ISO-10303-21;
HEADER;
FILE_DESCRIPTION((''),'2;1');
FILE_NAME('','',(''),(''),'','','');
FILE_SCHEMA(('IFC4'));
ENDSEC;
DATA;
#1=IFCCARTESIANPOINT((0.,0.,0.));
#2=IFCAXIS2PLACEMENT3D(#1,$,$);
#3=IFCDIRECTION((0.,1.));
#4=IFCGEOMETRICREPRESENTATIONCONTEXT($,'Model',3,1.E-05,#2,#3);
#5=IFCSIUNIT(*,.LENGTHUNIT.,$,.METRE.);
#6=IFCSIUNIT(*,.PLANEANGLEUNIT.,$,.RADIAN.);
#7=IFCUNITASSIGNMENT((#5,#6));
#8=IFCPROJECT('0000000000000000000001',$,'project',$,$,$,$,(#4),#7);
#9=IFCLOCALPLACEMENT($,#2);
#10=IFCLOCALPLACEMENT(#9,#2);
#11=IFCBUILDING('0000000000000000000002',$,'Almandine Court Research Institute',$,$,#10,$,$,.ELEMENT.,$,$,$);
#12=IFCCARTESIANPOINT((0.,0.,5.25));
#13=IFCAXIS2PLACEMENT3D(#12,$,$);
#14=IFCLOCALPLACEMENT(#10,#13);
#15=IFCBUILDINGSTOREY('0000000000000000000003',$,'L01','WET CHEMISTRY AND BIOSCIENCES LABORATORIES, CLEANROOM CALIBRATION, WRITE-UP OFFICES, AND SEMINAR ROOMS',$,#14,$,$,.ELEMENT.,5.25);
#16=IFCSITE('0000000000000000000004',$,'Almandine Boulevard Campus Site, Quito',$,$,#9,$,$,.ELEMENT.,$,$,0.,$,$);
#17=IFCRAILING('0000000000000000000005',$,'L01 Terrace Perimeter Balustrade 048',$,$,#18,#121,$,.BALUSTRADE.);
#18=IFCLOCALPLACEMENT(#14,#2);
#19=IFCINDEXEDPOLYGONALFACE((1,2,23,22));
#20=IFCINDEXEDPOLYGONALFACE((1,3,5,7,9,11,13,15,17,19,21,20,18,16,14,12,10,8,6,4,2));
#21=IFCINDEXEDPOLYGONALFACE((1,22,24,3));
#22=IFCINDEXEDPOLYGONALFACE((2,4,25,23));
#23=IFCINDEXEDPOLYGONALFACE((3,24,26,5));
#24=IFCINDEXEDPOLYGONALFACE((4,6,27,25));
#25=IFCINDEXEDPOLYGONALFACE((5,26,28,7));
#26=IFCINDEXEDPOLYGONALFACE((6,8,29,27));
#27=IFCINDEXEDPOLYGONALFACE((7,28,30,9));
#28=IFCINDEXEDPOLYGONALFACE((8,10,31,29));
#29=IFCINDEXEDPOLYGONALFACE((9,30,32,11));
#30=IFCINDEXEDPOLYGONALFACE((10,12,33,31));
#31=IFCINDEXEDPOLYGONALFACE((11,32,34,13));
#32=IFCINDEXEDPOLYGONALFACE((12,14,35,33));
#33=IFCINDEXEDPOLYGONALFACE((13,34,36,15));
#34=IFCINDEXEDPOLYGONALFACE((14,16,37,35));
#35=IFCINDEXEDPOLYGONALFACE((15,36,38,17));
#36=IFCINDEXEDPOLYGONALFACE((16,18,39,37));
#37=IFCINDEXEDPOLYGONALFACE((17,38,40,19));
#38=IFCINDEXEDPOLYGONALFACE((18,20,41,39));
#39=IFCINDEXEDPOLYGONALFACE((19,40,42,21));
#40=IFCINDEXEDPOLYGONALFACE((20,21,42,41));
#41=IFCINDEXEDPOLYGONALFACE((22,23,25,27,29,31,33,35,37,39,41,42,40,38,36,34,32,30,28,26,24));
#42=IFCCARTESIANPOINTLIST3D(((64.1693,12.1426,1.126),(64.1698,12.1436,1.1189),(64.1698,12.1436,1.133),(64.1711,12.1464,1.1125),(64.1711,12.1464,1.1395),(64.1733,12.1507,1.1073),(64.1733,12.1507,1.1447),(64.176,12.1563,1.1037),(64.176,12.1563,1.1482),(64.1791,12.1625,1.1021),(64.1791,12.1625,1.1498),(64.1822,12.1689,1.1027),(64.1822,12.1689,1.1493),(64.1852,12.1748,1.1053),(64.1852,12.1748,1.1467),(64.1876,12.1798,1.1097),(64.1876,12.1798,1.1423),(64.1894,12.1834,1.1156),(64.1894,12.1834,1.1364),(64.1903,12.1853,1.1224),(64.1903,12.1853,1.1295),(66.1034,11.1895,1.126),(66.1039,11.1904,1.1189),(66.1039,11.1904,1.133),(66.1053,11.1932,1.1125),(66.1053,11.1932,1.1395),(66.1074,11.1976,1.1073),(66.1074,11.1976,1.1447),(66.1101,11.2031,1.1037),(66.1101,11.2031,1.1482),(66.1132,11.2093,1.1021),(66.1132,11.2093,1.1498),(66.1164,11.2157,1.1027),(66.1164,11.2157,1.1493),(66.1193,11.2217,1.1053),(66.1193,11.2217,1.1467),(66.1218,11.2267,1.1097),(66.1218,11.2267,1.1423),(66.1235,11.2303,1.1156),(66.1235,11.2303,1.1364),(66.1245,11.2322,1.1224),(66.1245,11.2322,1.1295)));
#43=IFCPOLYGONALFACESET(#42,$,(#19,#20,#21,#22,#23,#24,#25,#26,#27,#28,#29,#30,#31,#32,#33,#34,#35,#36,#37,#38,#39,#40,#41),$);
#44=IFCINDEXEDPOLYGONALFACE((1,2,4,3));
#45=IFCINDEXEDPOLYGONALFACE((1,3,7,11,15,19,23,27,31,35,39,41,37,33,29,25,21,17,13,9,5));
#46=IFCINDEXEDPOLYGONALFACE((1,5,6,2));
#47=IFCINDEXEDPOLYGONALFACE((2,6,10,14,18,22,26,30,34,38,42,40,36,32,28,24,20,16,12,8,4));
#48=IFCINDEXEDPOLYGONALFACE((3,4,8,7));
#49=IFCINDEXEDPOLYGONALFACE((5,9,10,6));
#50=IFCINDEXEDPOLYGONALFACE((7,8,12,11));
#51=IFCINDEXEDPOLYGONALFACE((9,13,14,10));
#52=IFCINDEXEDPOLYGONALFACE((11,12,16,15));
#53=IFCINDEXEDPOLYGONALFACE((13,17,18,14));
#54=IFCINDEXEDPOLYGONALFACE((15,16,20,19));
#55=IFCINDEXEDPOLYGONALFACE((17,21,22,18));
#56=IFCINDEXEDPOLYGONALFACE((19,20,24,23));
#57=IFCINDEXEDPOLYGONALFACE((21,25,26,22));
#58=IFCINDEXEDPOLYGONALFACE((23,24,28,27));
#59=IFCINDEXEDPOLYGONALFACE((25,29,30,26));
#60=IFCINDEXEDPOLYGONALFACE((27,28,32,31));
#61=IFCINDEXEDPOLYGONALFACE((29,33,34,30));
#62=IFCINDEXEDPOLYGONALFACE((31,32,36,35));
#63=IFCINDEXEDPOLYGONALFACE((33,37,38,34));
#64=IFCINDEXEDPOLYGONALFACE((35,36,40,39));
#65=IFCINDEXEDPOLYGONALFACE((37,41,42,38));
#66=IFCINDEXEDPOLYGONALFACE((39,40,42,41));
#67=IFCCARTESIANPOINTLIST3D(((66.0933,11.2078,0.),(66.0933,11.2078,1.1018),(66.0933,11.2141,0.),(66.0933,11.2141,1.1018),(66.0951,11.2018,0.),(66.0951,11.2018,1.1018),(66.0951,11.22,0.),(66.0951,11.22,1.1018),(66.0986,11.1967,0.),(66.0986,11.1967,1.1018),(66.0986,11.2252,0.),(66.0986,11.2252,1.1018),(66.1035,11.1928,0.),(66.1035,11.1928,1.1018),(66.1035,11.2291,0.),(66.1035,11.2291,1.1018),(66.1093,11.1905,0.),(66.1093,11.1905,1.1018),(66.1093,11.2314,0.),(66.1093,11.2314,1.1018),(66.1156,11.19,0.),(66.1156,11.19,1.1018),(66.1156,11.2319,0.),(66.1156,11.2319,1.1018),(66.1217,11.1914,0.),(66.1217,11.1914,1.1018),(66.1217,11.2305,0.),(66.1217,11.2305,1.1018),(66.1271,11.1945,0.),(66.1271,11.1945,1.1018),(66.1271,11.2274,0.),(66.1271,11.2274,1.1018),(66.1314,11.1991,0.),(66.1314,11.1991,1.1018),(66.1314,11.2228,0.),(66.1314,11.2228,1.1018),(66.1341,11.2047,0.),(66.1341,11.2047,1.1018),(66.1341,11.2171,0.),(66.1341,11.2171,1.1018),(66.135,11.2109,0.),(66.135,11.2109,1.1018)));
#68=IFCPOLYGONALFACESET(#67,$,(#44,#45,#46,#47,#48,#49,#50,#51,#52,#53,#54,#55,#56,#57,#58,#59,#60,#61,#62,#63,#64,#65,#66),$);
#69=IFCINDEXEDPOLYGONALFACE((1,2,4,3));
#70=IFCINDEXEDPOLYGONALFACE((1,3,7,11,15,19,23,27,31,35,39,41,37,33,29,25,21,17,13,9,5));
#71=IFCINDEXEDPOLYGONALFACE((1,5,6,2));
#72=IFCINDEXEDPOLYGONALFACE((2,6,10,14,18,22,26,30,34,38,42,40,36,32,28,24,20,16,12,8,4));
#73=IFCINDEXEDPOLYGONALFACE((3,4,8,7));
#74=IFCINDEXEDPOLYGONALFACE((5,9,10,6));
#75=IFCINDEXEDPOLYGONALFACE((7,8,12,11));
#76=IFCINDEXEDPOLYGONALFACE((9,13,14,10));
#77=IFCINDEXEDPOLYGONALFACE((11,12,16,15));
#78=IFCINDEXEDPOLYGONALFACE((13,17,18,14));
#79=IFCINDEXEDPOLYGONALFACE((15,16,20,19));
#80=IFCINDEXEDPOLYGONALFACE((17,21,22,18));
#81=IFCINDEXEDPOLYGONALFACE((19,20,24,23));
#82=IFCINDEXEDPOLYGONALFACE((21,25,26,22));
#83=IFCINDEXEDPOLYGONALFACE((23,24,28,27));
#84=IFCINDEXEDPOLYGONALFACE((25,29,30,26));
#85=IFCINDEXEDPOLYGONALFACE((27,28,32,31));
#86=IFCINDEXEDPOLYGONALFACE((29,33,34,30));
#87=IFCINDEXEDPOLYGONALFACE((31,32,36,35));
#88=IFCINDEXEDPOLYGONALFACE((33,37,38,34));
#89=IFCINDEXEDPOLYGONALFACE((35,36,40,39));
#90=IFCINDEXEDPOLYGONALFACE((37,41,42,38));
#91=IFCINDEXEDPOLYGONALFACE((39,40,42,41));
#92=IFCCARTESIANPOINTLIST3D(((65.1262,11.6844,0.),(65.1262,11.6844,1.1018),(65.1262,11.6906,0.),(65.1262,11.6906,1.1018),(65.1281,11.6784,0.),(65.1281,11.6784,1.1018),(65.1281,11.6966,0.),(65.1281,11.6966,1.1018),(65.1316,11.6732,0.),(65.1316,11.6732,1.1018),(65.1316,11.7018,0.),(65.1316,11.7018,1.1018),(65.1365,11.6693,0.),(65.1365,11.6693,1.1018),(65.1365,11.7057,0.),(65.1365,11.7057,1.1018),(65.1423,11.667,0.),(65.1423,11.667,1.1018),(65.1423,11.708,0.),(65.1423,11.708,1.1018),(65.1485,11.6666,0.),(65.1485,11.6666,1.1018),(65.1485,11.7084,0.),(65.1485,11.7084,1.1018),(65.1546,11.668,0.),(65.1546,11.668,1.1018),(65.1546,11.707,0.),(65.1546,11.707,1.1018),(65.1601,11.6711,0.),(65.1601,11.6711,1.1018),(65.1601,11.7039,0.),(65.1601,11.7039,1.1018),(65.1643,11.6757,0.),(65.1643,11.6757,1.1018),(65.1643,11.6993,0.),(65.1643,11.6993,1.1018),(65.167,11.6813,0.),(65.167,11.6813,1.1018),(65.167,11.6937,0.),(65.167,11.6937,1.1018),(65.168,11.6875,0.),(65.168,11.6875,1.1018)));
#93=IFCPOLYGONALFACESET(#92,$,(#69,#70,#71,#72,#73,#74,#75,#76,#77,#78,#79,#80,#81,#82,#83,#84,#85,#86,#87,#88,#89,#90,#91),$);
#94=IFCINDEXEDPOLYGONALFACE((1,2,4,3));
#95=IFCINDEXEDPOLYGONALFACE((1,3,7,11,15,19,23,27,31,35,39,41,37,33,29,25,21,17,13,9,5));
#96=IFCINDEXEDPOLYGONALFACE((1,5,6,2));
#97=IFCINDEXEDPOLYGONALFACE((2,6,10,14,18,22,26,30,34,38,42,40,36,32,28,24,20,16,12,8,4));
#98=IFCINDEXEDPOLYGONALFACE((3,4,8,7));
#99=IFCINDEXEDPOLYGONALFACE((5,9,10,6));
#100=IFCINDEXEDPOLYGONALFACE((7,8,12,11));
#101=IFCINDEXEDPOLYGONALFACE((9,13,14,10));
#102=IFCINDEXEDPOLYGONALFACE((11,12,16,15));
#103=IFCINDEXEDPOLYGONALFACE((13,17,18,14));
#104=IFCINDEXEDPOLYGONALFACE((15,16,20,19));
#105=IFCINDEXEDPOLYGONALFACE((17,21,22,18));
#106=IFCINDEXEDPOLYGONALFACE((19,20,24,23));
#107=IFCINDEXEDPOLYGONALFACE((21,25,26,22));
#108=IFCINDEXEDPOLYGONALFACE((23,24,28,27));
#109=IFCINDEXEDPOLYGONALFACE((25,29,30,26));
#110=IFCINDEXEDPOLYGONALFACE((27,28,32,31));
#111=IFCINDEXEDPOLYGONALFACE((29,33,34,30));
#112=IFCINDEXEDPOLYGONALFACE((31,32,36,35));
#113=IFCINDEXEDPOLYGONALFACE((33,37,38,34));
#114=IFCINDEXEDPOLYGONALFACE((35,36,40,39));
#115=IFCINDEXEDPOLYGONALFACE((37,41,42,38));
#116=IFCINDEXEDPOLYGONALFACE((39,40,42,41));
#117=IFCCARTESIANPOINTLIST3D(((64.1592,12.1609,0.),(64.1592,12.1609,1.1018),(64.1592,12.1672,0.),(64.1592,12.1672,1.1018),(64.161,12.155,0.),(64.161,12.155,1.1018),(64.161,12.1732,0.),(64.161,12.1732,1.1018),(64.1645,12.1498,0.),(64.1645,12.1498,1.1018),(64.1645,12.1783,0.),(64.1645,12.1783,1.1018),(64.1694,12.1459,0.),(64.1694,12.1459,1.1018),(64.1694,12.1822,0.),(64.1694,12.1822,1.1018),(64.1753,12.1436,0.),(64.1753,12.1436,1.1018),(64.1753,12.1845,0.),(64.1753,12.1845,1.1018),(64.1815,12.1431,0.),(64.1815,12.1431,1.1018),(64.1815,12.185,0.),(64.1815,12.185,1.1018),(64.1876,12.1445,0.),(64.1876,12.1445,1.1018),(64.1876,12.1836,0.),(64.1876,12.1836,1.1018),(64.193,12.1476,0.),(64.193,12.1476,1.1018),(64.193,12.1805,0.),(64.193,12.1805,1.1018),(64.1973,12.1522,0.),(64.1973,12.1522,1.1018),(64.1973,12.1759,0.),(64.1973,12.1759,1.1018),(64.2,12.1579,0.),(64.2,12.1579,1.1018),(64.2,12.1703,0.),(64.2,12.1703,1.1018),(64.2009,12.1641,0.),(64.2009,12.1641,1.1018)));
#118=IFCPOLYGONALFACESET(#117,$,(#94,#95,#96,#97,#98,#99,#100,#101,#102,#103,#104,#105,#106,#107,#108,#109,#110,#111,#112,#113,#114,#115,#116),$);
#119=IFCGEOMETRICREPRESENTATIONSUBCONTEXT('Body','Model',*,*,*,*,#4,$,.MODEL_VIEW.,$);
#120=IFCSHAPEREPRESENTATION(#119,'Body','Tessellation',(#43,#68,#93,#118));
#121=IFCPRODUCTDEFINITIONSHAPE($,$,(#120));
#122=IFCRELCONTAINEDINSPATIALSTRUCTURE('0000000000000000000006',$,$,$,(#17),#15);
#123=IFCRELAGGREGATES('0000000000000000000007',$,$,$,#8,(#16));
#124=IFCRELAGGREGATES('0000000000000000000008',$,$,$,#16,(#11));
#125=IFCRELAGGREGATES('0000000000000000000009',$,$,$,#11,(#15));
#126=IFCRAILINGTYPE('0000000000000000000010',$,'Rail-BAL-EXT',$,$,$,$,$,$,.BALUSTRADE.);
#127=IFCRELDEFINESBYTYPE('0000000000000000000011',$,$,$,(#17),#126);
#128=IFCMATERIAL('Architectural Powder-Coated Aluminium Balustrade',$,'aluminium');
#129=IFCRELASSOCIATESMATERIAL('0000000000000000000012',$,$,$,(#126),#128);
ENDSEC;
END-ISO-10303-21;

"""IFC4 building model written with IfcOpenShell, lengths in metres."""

from ifc_helpers import new_model, si_unit, direction, frame, origin, origin_2d, place, context, subcontext, project, spatial, circle, extrude, material, type_object, element, save


model = new_model("IFC4")

# Units and contexts
model_context = context("Model", 3, precision=1e-05, world=origin(), true_north=direction((0.0, 1.0)))
body_context = subcontext(model_context, "Body", "Model", "MODEL_VIEW")
ifc_project = project(units=[si_unit("LENGTHUNIT", "METRE"), si_unit("PLANEANGLEUNIT", "RADIAN")], contexts=[model_context])

# Site, building, storey
site_placement = place(None, origin())
site = spatial("IfcSite", under=ifc_project, at=site_placement, Name="Almandine Boulevard Campus Site, Quito", CompositionType="ELEMENT", RefElevation=0.0)
building_placement = place(site_placement, origin())
building = spatial("IfcBuilding", under=site, at=building_placement, Name="Almandine Court Research Institute", CompositionType="ELEMENT")
storey_placement = place(building_placement, frame((0.0, 0.0, 5.25)))
storey = spatial("IfcBuildingStorey", under=building, at=storey_placement, Name="L01", Description="WET CHEMISTRY AND BIOSCIENCES LABORATORIES, CLEANROOM CALIBRATION, WRITE-UP OFFICES, AND SEMINAR ROOMS", CompositionType="ELEMENT", Elevation=5.25)

# Railing
ifc_material_1 = material(Name="Architectural Powder-Coated Aluminium Balustrade", Category="aluminium")
railing_type = type_object("IfcRailingType", Name="Rail-BAL-EXT", PredefinedType="BALUSTRADE", material=ifc_material_1)
railing_1_placement = place(storey_placement, frame((66.114, 11.2109, 0.0)))
element("IfcRailing", 1, at=railing_1_placement, inside=storey, type_object=railing_type, Name="L01 Terrace Perimeter Balustrade 048", PredefinedType="BALUSTRADE", context=body_context, shape_type="SweptSolid", body=[
    extrude(circle(Radius=0.0239, at=origin_2d()), frame((0.0, 0.0, 1.126), z_axis=(-0.896994, 0.442043, 0.0), x_axis=(-0.442043, -0.896994, 0.0)), (0.0, 0.0, 1.0), 2.1562),
    extrude(circle(Radius=0.021, at=origin_2d()), origin(), (0.0, 0.0, 1.0), 1.1018),
    extrude(circle(Radius=0.021, at=origin_2d()), frame((-0.967, 0.4766, 0.0)), (0.0, 0.0, 1.0), 1.1018),
    extrude(circle(Radius=0.021, at=origin_2d()), frame((-1.9341, 0.9531, 0.0)), (0.0, 0.0, 1.0), 1.1018),
])

save(model, "model.ifc")
